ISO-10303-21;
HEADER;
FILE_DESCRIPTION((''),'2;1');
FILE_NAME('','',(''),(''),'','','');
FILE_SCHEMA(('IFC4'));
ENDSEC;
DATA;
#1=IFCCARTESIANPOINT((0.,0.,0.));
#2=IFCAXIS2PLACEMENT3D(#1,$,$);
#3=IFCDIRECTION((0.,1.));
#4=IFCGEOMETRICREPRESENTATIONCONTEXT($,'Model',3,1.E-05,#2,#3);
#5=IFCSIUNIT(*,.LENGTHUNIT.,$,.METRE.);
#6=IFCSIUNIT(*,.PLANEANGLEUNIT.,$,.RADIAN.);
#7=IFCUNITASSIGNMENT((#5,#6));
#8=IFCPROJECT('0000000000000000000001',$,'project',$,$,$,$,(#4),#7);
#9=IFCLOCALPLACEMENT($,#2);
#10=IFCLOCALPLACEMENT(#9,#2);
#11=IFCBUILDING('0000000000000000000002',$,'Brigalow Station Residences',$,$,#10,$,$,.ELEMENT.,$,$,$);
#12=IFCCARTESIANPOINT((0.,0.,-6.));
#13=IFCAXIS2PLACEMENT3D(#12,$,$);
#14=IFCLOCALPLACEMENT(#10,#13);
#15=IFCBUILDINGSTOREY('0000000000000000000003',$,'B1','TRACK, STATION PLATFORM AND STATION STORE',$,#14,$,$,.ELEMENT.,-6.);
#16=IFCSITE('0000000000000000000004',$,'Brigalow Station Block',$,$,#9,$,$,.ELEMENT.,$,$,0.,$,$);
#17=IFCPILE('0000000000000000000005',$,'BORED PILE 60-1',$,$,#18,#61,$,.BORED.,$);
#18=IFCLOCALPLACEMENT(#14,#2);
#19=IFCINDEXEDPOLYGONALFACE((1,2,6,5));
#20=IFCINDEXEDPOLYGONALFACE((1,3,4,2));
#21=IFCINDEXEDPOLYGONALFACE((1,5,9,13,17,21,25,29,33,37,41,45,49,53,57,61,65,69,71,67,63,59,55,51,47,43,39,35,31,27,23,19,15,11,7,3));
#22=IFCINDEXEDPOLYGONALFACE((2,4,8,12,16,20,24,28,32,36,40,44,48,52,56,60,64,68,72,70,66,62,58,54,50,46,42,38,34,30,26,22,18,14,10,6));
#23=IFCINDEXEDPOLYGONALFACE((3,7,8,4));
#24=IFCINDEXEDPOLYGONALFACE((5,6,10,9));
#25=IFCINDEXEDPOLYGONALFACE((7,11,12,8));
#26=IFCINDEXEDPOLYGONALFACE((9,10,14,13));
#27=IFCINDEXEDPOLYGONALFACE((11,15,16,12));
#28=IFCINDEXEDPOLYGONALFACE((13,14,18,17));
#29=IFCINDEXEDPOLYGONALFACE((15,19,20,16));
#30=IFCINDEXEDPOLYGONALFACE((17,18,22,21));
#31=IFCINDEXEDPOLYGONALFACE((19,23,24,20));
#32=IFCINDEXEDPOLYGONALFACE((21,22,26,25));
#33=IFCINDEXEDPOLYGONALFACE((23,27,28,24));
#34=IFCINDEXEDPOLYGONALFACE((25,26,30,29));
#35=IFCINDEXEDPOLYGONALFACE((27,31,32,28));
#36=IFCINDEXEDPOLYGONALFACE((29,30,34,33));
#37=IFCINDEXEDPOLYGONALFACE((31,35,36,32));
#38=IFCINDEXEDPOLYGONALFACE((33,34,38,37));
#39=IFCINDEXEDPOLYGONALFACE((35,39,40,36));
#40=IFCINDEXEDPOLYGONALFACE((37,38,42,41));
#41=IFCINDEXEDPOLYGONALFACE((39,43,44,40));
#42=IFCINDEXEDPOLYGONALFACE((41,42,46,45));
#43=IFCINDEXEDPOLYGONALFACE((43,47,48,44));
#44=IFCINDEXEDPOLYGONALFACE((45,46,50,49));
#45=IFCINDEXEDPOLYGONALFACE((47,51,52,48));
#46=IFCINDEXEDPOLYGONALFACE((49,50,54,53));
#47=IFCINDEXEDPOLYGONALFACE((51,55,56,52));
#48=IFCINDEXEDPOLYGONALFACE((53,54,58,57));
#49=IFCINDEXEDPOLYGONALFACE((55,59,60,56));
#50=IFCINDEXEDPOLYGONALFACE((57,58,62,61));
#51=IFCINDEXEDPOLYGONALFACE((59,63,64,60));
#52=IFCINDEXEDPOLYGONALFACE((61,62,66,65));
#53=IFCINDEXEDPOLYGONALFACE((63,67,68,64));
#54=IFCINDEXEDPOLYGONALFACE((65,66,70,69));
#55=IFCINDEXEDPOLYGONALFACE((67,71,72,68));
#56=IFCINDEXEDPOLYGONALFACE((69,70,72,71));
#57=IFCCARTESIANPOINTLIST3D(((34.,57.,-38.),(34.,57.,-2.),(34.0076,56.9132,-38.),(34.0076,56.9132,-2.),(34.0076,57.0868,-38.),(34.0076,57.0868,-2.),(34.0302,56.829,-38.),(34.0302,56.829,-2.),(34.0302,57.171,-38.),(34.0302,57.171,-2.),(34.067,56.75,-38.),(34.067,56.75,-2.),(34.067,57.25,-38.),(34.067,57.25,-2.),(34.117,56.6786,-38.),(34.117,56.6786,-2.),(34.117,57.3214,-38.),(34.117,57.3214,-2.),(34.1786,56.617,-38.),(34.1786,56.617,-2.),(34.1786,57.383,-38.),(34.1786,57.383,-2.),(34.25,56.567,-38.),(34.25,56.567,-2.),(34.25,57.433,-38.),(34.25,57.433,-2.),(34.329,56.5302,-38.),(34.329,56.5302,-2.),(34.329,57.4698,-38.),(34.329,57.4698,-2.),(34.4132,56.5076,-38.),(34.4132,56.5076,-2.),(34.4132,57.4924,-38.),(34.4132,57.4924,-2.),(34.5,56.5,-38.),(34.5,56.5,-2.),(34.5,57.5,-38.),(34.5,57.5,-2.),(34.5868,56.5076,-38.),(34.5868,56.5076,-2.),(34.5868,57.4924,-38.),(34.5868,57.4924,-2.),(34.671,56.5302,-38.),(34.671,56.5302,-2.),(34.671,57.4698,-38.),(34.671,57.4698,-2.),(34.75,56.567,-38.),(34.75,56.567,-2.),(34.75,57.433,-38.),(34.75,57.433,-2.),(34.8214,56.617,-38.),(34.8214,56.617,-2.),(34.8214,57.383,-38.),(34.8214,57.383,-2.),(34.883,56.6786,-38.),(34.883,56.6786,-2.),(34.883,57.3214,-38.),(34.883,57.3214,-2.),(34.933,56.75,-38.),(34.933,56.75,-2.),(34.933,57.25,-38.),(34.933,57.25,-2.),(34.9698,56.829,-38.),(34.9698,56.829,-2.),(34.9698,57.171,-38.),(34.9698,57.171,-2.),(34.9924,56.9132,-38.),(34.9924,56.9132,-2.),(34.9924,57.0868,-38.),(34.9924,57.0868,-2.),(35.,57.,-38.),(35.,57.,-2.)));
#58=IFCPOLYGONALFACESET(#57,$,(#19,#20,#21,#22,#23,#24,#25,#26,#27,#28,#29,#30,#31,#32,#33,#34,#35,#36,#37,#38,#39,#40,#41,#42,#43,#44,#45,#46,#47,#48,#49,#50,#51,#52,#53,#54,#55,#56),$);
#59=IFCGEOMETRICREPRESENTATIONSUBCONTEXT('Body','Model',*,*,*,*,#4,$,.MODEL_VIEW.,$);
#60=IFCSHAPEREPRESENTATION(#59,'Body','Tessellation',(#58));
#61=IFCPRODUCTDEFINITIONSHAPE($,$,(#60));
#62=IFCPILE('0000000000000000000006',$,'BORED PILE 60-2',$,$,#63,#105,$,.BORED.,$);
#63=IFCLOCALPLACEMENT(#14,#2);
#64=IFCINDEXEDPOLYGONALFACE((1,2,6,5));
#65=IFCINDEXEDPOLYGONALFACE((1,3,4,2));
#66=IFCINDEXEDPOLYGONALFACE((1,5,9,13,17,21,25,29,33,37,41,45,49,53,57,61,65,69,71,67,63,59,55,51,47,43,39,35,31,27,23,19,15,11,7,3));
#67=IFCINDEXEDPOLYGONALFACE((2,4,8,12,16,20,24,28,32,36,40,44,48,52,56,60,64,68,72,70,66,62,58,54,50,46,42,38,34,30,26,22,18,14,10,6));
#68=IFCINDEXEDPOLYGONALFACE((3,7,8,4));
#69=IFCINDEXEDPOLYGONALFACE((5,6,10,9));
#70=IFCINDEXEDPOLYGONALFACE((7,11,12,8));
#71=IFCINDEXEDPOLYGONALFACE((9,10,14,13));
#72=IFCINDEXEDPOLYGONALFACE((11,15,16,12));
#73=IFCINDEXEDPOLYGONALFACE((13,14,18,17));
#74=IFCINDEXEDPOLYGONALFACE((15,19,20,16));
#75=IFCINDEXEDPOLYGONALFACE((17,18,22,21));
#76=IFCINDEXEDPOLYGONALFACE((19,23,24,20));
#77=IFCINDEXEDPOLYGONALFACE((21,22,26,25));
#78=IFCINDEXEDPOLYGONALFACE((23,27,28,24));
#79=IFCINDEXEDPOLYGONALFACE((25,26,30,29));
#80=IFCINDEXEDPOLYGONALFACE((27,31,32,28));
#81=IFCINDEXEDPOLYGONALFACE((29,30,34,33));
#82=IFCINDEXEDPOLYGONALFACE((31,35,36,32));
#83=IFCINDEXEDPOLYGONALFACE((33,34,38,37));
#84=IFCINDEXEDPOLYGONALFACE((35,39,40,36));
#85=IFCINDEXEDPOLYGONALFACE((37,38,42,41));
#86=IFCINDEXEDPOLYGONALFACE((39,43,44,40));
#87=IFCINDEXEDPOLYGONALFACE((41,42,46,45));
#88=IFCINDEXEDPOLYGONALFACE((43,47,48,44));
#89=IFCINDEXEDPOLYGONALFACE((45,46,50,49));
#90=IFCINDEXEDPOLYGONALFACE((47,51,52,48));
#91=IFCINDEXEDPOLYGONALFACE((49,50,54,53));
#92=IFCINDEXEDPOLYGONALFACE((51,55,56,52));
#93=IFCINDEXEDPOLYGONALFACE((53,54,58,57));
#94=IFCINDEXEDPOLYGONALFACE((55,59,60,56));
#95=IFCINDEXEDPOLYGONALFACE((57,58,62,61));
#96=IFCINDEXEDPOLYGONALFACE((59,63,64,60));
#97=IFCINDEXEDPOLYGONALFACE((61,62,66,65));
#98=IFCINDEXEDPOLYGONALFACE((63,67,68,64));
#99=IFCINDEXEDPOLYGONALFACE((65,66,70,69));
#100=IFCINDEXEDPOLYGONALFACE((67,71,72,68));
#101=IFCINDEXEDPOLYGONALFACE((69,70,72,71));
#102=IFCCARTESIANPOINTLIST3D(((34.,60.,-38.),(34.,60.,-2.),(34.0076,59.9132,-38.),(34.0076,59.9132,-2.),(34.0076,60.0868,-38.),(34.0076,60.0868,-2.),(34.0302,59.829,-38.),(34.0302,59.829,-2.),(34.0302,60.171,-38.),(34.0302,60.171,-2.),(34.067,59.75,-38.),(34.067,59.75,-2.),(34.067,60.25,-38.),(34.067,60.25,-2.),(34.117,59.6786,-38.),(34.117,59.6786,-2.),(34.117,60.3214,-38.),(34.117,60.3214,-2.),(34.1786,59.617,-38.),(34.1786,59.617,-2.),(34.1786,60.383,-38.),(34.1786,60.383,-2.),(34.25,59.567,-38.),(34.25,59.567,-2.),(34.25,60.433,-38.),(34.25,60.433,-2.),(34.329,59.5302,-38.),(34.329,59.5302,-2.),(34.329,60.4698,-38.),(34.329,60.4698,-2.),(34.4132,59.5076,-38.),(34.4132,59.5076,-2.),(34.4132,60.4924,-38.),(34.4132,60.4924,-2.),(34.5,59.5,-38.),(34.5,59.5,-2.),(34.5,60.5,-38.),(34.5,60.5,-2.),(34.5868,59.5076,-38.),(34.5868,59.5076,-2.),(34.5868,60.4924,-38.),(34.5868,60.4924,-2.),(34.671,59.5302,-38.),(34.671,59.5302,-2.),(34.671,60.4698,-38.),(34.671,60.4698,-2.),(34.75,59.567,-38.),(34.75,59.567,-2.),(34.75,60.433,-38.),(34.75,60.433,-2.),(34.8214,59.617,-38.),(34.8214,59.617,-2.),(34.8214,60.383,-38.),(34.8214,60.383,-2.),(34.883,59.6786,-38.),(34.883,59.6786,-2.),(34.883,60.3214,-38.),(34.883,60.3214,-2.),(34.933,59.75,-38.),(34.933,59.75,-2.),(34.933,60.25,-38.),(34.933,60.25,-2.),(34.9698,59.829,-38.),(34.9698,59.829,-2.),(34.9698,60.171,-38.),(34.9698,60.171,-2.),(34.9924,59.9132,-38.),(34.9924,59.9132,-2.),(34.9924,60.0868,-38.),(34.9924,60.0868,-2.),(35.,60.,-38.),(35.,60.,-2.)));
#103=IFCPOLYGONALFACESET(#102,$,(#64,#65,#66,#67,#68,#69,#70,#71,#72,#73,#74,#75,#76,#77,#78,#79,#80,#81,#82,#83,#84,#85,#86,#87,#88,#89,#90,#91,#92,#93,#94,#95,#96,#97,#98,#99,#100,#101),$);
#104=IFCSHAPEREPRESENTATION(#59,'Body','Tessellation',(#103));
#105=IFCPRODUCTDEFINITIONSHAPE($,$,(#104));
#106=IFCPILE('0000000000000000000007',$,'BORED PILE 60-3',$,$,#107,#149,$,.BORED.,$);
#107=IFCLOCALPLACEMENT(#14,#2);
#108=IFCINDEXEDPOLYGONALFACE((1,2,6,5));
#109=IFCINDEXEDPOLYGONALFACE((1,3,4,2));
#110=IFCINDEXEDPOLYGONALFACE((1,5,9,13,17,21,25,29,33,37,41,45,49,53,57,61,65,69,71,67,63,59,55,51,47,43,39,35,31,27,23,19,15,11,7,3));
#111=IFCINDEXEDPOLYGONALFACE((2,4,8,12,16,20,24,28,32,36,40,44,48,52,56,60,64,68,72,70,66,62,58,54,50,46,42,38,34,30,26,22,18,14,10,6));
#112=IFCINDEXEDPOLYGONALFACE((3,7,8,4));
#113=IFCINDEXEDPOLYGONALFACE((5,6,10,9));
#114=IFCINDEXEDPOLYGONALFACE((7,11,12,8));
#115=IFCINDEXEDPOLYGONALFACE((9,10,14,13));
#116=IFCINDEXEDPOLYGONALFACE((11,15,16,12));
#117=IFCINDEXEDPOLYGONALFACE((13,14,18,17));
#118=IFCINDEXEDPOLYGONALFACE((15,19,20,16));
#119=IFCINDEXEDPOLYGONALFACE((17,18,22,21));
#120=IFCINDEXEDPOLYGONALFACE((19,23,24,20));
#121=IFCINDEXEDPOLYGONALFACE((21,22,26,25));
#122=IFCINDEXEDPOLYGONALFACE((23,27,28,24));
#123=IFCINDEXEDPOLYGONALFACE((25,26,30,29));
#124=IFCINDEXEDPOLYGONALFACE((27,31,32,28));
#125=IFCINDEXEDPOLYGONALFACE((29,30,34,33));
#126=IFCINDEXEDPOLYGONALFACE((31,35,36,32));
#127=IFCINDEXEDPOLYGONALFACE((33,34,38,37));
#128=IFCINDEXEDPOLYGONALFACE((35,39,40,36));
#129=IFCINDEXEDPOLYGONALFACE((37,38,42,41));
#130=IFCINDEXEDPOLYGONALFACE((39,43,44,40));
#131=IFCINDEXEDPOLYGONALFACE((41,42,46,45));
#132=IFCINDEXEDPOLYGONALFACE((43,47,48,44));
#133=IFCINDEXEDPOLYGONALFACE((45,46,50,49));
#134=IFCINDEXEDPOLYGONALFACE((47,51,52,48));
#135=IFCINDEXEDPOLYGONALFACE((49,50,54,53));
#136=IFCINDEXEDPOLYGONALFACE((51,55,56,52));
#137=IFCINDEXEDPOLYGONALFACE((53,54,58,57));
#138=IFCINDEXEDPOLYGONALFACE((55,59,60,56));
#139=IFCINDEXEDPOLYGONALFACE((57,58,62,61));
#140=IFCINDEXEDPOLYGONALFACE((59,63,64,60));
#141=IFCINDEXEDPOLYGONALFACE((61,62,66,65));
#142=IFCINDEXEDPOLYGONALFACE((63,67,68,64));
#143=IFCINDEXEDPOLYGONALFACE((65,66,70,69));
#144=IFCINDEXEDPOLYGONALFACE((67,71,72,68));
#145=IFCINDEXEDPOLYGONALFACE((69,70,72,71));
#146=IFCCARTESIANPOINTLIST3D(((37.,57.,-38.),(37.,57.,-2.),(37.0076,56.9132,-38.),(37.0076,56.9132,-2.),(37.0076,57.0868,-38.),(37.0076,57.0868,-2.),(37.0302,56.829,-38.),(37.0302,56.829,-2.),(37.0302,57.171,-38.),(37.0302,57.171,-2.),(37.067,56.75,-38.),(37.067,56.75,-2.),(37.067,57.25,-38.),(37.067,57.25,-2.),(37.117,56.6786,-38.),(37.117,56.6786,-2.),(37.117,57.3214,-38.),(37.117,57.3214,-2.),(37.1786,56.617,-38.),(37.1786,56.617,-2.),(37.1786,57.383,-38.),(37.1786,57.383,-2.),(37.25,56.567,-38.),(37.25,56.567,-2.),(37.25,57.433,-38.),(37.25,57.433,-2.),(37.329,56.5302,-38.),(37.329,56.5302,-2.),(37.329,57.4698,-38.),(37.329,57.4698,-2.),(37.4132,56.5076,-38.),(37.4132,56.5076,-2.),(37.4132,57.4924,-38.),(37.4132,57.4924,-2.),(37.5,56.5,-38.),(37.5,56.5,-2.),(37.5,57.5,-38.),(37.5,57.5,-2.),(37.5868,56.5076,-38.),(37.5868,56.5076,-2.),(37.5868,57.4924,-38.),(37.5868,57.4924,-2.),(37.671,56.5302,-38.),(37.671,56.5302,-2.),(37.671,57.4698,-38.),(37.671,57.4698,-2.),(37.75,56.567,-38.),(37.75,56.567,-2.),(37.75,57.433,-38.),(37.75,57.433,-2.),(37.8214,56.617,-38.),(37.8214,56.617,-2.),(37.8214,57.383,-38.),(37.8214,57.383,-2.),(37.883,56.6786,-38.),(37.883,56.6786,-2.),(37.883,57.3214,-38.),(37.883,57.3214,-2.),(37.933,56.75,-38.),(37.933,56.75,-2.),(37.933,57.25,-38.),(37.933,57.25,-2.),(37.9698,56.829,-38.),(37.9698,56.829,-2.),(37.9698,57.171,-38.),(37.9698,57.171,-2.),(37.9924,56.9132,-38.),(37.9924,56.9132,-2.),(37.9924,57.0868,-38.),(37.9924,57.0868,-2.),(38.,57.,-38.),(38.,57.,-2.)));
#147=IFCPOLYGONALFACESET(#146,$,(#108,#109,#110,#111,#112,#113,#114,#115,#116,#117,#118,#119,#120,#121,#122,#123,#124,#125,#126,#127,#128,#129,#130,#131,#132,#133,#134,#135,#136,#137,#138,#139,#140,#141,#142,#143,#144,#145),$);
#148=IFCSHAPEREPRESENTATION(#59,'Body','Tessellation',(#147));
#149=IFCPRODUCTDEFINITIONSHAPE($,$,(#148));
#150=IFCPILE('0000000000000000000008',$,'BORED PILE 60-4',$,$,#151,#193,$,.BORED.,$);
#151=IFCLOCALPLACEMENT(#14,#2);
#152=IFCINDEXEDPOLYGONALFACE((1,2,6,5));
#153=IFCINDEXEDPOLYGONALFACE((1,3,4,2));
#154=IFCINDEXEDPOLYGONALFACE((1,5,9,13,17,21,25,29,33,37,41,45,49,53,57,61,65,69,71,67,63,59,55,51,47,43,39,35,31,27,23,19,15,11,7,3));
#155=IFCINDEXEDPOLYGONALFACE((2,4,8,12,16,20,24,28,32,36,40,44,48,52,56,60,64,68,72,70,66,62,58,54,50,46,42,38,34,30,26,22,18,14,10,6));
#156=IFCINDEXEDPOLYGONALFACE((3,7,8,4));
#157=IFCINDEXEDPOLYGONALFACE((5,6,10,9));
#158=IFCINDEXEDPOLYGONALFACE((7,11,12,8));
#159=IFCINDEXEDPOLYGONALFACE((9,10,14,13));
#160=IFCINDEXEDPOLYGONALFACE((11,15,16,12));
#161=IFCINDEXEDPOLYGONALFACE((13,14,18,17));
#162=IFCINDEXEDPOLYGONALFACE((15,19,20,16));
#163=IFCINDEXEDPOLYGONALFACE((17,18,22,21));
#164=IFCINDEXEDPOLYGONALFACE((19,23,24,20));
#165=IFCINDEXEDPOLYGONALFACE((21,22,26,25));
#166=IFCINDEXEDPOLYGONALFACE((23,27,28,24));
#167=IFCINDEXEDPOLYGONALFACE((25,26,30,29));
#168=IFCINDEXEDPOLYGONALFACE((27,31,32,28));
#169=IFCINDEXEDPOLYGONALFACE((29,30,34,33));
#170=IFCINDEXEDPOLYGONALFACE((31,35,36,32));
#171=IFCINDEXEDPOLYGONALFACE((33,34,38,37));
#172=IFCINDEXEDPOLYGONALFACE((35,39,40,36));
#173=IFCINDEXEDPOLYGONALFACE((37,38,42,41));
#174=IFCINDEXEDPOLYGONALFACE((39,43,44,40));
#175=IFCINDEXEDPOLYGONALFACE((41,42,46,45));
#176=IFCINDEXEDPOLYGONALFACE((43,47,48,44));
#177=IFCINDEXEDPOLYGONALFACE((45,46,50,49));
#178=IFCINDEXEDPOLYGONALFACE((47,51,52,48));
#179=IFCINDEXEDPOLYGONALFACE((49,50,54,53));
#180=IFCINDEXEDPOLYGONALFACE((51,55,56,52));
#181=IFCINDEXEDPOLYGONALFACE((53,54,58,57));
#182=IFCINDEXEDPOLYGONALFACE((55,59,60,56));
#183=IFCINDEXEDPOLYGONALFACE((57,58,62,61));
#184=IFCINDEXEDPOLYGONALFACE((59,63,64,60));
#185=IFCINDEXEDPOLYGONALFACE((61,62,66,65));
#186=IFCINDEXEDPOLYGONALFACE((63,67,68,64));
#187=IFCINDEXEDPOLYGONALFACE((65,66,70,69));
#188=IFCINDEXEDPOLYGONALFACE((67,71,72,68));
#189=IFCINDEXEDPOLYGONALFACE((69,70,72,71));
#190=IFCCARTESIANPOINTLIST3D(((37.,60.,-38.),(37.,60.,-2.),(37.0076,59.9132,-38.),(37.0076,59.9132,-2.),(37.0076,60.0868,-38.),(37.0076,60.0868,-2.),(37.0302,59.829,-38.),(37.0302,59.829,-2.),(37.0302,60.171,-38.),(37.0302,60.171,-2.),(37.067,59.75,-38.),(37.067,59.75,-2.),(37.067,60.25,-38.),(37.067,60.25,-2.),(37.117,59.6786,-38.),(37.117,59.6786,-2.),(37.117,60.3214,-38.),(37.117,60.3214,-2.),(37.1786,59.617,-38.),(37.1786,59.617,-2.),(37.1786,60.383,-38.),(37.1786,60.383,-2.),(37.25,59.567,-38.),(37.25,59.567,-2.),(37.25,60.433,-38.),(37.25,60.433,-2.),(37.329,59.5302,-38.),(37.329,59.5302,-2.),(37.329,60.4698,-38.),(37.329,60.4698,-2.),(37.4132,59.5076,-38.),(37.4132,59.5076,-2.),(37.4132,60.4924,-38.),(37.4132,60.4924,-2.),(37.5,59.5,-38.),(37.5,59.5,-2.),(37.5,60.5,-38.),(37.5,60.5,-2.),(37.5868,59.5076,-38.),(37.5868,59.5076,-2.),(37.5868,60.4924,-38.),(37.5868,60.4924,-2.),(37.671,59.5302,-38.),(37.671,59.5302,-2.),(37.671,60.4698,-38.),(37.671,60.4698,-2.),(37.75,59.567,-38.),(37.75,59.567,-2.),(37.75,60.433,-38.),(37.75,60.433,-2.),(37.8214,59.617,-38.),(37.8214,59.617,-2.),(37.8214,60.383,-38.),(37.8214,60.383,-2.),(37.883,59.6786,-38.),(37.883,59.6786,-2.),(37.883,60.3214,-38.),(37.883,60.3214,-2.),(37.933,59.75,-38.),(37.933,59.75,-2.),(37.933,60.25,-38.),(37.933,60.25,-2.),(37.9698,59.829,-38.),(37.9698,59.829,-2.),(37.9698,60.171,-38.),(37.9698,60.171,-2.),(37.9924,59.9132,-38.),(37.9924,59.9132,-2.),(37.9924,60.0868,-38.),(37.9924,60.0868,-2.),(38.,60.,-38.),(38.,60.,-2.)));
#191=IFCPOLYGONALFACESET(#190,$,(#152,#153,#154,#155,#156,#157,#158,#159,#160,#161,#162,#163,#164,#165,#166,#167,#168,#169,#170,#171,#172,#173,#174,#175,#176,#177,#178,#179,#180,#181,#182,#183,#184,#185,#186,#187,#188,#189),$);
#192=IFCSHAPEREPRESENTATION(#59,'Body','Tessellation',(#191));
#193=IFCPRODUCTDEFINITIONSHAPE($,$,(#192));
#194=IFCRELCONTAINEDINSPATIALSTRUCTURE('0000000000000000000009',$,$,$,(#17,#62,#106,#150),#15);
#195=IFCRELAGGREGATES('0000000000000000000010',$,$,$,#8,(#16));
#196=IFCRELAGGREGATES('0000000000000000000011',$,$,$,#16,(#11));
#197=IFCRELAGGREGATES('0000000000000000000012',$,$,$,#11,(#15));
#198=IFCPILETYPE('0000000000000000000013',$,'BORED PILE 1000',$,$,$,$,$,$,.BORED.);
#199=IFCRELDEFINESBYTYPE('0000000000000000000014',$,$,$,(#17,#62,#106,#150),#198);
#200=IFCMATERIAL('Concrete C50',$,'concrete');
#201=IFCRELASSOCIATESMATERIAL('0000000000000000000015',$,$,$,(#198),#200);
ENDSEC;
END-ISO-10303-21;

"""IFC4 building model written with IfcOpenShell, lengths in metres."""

from ifc_helpers import new_model, si_unit, direction, frame, origin, origin_2d, place, context, subcontext, project, spatial, circle, extrude, material, material_profile, profile_set, type_object, element, save


model = new_model("IFC4")

# Units and contexts
model_context = context("Model", 3, precision=1e-05, world=origin(), true_north=direction((0.0, 1.0)))
body_context = subcontext(model_context, "Body", "Model", "MODEL_VIEW")
ifc_project = project(units=[si_unit("LENGTHUNIT", "METRE"), si_unit("PLANEANGLEUNIT", "RADIAN")], contexts=[model_context])

# Site, building, storey
site_placement = place(None, origin())
site = spatial("IfcSite", under=ifc_project, at=site_placement, Name="Brigalow Station Block", CompositionType="ELEMENT", RefElevation=0.0)
building_placement = place(site_placement, origin())
building = spatial("IfcBuilding", under=site, at=building_placement, Name="Brigalow Station Residences", CompositionType="ELEMENT")
storey_placement = place(building_placement, frame((0.0, 0.0, -6.0)))
storey = spatial("IfcBuildingStorey", under=building, at=storey_placement, Name="B1", Description="TRACK, STATION PLATFORM AND STATION STORE", CompositionType="ELEMENT", Elevation=-6.0)

# Piles
ifc_material_1 = material(Name="Concrete C50", Category="concrete")
ifc_material_profile_1 = material_profile(ifc_material_1, circle(Radius=0.5, at=origin_2d()), Name="BP1000")
ifc_profile_set_1 = profile_set([ifc_material_profile_1], Name="Concrete C50")
pile_type_1 = type_object("IfcPileType", Name="BORED PILE 1000", PredefinedType="BORED", material=ifc_profile_set_1)
for number, where, z_axis, x_axis, name in (
    (1, (34.5, 57.0, -2.0), (0.0, 0.0, -1.0), (1.0, 0.0, 0.0), "BORED PILE 60-1"),
    (2, (34.5, 60.0, -2.0), (0.0, 0.0, -1.0), (1.0, 0.0, 0.0), "BORED PILE 60-2"),
    (3, (37.5, 57.0, -2.0), (0.0, 0.0, -1.0), (1.0, 0.0, 0.0), "BORED PILE 60-3"),
    (4, (37.5, 60.0, -2.0), (0.0, 0.0, -1.0), (1.0, 0.0, 0.0), "BORED PILE 60-4"),
):
    element("IfcPile", number, at=place(storey_placement, frame(where, z_axis=z_axis, x_axis=x_axis)), inside=storey, type_object=pile_type_1, Name=name, PredefinedType="BORED", context=body_context, shape_type="SweptSolid", body=[
        extrude(circle(Radius=0.5, at=origin_2d()), origin(), (0.0, 0.0, 1.0), 36.0),
    ])

save(model, "model.ifc")
